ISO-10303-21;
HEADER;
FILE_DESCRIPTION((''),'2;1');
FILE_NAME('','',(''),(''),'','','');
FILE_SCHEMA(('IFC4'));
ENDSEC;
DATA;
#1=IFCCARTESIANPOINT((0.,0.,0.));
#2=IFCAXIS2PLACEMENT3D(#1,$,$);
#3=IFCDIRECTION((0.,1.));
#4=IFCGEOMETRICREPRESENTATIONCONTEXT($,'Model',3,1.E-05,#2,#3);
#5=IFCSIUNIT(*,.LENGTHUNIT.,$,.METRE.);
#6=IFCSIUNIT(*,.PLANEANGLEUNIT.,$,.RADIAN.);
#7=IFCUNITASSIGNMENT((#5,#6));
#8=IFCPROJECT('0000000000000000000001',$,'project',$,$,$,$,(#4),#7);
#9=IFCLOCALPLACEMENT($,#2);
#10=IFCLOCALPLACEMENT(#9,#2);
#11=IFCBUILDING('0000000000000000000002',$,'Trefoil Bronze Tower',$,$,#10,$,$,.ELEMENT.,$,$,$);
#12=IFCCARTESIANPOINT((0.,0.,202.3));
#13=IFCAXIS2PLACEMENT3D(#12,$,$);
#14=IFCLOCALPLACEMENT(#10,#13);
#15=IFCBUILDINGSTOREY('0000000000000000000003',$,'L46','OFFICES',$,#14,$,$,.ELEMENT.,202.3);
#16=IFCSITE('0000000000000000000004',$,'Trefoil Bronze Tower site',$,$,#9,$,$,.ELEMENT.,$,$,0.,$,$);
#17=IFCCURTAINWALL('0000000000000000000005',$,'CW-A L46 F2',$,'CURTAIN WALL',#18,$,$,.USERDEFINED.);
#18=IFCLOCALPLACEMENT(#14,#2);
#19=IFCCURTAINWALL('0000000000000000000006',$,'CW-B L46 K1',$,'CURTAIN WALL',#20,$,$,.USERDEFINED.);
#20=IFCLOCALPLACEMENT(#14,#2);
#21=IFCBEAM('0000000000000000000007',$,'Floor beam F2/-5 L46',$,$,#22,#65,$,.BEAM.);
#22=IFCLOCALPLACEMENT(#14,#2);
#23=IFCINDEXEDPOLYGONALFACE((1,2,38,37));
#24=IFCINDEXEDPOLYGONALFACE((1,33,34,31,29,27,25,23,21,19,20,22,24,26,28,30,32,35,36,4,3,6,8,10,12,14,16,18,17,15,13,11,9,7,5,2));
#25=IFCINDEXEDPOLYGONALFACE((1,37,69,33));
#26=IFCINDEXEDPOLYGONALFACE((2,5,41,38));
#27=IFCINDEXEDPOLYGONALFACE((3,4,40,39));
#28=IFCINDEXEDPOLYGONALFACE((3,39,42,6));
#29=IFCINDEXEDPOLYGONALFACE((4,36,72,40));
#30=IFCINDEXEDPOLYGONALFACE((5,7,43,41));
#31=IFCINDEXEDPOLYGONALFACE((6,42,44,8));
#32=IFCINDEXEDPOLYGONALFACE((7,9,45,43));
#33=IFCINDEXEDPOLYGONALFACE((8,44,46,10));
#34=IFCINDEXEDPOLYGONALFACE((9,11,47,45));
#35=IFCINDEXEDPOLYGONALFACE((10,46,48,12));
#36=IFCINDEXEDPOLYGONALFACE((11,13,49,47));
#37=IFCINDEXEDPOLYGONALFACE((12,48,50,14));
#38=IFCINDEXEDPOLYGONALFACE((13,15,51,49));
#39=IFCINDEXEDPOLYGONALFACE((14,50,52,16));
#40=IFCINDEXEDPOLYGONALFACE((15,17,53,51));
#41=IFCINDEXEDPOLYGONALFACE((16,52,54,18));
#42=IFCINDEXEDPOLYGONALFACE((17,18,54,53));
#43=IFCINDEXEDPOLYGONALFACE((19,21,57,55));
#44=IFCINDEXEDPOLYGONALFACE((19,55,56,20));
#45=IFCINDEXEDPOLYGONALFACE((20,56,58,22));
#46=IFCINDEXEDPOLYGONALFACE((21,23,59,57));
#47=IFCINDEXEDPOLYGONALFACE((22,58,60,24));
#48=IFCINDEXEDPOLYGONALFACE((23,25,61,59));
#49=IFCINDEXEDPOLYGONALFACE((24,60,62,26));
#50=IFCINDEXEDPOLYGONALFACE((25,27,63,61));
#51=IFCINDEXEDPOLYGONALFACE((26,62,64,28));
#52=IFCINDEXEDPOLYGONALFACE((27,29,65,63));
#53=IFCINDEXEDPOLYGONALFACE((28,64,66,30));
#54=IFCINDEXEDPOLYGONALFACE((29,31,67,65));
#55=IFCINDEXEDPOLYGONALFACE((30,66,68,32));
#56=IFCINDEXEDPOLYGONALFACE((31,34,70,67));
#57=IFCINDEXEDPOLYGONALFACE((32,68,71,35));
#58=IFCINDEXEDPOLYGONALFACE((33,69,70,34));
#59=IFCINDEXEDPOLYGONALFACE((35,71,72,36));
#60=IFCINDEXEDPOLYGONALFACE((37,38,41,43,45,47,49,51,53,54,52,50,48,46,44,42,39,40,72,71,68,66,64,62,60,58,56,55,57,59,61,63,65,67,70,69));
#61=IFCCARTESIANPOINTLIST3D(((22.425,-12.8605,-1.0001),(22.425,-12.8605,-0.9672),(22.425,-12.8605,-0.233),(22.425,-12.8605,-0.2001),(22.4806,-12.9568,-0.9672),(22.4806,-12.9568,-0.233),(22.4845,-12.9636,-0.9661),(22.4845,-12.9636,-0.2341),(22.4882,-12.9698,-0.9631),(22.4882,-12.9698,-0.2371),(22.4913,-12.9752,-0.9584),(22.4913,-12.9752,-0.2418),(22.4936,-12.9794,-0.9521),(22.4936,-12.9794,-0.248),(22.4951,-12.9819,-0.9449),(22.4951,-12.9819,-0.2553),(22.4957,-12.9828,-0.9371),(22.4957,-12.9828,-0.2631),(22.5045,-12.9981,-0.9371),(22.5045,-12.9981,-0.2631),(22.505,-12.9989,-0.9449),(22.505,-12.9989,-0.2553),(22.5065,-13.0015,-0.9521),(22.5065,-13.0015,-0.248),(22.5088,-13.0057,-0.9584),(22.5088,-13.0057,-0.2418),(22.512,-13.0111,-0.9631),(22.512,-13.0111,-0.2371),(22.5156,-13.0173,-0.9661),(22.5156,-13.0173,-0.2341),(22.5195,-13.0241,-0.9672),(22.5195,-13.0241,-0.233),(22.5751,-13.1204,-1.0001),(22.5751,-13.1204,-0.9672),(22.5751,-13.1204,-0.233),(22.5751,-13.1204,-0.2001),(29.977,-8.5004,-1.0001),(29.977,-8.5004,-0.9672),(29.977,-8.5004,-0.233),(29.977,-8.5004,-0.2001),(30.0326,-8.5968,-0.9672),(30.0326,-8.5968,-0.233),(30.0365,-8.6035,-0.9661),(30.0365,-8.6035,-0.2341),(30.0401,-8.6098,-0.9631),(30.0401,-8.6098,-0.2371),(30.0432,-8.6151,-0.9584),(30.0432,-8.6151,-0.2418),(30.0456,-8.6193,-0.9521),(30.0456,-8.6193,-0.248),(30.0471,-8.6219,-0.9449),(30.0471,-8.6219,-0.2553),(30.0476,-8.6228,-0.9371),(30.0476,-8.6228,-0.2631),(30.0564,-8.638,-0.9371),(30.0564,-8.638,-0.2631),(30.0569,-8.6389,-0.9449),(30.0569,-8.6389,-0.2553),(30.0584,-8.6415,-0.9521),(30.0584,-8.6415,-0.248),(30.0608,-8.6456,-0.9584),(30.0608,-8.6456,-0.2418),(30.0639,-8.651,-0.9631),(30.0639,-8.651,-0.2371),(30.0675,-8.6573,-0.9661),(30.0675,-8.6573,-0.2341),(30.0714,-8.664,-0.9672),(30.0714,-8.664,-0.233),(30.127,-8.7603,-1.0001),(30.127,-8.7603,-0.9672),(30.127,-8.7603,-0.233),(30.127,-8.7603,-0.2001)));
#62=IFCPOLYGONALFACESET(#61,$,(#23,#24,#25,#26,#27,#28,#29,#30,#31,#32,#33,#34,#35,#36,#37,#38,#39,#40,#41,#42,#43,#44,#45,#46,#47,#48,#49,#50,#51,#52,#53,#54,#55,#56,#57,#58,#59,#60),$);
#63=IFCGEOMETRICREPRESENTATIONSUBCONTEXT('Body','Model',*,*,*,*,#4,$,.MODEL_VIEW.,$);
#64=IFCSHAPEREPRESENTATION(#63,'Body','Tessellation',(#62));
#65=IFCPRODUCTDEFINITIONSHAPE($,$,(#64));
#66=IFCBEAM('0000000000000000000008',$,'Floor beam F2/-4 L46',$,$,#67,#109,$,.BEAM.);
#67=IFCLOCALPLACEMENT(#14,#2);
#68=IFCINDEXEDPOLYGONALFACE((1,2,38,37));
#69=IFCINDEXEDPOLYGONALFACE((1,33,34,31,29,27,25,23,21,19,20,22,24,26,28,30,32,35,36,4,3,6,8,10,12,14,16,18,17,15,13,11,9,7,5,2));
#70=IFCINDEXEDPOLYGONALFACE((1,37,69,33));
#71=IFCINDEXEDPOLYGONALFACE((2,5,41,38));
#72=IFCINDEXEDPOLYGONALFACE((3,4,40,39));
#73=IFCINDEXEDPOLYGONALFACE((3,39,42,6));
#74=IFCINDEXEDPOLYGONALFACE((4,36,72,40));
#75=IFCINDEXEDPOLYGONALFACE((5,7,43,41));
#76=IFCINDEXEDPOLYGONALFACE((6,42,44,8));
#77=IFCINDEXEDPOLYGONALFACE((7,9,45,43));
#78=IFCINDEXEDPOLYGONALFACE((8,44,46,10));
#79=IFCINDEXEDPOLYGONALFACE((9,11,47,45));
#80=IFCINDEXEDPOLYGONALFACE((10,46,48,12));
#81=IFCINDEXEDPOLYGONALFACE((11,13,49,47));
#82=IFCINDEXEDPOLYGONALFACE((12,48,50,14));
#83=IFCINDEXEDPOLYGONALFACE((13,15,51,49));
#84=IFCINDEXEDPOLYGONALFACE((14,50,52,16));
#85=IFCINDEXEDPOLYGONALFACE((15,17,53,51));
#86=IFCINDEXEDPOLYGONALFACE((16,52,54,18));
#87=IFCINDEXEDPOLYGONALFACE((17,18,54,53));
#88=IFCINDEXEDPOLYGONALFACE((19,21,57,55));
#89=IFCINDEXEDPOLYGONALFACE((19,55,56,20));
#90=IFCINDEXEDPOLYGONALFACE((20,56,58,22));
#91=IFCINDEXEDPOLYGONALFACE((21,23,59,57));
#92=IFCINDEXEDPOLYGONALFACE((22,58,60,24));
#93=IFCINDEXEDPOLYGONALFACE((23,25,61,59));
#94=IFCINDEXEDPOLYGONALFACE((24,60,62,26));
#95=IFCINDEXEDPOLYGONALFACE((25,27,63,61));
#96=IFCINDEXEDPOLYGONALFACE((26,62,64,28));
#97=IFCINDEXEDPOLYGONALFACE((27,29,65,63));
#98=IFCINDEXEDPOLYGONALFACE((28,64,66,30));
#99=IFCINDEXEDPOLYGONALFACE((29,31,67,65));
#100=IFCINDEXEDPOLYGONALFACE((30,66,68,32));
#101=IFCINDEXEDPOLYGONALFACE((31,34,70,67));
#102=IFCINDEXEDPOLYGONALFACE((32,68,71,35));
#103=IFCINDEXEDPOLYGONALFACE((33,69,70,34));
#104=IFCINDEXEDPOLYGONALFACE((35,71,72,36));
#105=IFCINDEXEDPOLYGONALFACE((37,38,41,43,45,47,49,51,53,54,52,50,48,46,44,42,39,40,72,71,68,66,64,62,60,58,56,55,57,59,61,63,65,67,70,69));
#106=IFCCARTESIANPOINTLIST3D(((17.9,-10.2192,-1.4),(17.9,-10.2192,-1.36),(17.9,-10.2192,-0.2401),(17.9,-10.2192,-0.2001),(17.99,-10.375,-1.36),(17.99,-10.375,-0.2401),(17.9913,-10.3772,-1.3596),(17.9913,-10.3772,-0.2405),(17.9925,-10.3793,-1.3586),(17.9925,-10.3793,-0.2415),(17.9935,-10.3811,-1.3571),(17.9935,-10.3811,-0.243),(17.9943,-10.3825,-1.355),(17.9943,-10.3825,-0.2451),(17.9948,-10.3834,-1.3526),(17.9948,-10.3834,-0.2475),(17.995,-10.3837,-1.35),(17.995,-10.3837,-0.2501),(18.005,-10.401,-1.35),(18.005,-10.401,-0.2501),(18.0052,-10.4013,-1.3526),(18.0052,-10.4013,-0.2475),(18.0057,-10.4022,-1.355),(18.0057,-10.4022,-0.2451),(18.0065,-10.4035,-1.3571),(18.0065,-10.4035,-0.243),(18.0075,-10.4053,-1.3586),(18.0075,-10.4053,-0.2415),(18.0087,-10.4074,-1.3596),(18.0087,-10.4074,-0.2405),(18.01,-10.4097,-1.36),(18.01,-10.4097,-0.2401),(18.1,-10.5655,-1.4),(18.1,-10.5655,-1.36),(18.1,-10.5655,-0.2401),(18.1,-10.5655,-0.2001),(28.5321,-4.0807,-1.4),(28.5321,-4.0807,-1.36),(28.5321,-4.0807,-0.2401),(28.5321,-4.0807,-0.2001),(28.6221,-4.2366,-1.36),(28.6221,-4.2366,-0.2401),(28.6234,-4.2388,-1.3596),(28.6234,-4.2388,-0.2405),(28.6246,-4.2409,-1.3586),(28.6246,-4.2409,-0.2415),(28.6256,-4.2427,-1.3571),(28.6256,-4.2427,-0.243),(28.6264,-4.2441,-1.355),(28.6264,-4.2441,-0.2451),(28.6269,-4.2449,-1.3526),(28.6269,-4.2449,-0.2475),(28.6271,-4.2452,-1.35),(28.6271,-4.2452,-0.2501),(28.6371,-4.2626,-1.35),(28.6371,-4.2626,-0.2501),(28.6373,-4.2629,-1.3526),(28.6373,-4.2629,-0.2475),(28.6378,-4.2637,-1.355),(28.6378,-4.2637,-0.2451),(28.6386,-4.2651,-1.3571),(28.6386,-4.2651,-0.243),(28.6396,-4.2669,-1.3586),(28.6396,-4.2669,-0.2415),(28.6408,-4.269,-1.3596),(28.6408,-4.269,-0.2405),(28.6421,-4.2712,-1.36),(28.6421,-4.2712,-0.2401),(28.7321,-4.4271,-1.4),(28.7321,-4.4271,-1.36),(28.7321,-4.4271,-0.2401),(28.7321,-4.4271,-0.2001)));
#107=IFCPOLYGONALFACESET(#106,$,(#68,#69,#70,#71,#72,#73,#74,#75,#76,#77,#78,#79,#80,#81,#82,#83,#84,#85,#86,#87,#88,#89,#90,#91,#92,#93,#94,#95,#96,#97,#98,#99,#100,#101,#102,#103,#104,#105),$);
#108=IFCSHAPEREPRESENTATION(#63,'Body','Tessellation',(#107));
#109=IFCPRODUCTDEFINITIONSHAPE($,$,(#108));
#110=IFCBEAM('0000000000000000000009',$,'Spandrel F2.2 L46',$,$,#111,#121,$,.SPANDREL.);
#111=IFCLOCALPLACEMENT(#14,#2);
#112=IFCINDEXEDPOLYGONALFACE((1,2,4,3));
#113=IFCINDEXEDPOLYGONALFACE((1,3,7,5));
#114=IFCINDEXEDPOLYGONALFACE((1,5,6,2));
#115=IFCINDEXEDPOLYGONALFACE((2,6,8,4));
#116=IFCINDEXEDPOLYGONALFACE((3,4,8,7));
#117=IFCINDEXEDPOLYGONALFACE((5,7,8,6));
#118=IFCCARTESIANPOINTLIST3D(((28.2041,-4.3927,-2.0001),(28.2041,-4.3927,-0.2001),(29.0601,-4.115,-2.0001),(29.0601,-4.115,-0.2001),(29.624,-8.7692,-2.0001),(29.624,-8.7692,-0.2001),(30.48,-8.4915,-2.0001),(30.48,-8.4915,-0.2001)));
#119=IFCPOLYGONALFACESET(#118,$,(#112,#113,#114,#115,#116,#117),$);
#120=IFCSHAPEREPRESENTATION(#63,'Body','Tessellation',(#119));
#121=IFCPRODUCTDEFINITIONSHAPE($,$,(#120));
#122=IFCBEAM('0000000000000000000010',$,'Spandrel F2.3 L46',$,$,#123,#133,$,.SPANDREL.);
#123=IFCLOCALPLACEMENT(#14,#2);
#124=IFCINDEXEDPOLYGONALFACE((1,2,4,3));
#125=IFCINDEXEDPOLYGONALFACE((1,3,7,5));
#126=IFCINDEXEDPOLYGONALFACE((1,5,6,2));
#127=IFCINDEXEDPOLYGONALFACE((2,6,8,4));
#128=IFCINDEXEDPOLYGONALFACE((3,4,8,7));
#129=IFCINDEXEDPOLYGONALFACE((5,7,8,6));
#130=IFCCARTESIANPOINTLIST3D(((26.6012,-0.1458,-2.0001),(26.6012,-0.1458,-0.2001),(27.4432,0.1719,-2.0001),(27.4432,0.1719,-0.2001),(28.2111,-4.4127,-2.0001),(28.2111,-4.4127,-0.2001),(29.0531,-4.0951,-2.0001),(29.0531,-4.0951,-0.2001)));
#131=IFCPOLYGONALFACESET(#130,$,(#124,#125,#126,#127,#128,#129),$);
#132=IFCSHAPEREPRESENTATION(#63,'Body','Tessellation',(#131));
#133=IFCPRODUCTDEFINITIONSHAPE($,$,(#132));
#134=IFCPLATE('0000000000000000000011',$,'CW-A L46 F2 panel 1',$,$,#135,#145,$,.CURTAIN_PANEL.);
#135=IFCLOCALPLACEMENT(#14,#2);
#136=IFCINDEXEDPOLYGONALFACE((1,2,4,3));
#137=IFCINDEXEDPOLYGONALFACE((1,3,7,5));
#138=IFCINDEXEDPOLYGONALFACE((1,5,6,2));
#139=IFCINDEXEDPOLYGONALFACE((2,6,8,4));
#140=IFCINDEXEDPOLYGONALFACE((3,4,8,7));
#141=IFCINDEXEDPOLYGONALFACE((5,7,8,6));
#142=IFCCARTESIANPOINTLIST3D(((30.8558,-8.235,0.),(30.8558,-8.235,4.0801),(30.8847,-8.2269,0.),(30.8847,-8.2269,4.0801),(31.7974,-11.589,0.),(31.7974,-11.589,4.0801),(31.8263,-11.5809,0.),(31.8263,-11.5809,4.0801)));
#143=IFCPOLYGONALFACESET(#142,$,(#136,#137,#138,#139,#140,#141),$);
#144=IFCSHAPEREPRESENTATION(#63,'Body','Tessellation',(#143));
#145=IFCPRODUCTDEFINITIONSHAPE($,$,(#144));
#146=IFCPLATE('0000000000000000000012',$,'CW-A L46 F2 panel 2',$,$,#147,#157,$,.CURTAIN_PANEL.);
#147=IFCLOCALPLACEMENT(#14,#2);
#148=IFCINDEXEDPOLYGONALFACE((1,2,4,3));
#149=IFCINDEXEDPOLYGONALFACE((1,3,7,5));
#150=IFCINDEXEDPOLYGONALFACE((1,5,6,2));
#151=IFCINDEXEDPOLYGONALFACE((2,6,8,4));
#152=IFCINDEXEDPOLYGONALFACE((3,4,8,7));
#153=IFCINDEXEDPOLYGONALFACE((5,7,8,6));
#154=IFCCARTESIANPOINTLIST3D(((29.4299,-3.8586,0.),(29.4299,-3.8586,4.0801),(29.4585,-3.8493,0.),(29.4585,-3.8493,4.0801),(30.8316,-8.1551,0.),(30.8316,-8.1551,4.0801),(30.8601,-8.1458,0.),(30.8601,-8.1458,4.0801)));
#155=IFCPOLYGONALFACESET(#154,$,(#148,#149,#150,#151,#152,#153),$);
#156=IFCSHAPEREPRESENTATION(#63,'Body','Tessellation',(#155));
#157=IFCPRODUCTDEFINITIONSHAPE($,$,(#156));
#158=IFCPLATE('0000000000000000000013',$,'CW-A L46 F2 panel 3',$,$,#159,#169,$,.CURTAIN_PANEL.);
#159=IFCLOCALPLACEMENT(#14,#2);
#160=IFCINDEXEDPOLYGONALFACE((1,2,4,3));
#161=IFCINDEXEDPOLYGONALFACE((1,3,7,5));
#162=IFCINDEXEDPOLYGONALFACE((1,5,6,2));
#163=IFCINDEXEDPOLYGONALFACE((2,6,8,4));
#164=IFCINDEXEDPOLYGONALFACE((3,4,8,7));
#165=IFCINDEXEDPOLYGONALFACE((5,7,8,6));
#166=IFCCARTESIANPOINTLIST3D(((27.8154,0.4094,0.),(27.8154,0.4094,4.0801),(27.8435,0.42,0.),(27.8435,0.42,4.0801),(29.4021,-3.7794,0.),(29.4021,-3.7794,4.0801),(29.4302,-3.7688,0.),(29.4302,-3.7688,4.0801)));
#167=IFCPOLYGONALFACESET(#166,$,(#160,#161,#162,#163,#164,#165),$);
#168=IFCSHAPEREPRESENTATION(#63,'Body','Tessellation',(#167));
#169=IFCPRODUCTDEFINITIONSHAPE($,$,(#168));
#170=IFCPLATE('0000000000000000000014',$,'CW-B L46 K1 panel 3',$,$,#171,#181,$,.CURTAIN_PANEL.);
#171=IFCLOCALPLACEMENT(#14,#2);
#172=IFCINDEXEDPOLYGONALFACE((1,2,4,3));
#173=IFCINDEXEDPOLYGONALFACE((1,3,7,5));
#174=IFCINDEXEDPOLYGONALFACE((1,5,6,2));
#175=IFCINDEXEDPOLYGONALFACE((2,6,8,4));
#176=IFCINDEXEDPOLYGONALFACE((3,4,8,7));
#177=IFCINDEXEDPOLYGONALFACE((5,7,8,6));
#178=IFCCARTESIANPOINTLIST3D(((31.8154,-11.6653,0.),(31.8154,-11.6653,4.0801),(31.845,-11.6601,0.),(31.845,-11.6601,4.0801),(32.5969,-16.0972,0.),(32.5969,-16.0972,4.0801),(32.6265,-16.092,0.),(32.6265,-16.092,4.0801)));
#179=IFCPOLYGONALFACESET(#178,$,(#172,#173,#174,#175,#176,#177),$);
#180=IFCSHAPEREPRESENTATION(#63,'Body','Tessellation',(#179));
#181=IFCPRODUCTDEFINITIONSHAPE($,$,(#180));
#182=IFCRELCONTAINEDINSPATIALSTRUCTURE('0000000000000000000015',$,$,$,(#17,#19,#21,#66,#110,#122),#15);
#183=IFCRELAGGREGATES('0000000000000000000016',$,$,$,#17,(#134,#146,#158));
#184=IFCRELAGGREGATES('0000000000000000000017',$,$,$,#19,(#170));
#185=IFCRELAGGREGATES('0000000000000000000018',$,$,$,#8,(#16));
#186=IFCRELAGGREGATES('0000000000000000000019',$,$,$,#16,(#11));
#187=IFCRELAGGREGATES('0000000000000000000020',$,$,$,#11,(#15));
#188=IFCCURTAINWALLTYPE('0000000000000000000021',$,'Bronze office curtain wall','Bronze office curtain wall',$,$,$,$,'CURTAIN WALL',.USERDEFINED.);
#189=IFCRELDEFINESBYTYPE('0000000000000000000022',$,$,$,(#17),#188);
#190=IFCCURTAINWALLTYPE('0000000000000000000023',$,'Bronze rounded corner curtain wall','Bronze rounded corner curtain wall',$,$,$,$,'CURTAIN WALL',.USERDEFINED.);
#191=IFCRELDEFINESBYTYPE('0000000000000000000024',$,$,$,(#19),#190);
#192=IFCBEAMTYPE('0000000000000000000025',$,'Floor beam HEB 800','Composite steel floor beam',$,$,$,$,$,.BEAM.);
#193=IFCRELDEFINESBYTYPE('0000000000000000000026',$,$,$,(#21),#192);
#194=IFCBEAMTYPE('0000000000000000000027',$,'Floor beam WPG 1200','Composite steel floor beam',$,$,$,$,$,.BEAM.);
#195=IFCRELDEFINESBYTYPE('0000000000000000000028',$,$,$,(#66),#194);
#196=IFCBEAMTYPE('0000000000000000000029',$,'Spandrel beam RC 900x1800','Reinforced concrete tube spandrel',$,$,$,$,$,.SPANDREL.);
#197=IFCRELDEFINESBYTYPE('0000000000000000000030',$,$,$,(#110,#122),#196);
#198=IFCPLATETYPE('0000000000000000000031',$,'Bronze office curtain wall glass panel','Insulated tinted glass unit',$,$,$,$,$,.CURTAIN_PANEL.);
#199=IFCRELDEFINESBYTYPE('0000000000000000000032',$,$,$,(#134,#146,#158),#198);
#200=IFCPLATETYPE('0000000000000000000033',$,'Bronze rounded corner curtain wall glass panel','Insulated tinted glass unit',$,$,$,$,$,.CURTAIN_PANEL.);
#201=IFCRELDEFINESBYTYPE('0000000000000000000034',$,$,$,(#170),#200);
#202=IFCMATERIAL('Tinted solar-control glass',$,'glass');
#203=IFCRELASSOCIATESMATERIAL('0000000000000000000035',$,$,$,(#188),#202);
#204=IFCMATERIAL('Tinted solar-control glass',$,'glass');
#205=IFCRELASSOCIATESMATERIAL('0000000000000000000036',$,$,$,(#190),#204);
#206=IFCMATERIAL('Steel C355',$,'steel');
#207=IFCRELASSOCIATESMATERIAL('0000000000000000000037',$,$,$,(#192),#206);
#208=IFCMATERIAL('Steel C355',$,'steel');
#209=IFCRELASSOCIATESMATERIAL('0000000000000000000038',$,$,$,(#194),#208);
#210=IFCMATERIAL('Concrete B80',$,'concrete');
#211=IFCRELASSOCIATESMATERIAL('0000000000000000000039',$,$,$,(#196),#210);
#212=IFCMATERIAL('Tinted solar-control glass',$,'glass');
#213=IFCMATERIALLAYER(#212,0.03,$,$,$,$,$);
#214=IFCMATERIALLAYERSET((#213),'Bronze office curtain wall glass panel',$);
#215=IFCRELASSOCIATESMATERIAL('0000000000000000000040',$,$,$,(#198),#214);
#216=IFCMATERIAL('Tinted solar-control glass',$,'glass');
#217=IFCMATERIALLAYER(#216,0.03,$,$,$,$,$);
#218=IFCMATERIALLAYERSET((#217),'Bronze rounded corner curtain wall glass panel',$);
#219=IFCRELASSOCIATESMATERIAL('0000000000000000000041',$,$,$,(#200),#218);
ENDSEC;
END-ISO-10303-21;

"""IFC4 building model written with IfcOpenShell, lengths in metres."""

from ifc_helpers import new_model, si_unit, direction, frame, origin, origin_2d, place, context, subcontext, project, spatial, rectangle, i_section, extrude, material, layer, layer_set, material_profile, profile_set, type_object, element, aggregate, save


model = new_model("IFC4")

# Units and contexts
model_context = context("Model", 3, precision=1e-05, world=origin(), true_north=direction((0.0, 1.0)))
body_context = subcontext(model_context, "Body", "Model", "MODEL_VIEW")
ifc_project = project(units=[si_unit("LENGTHUNIT", "METRE"), si_unit("PLANEANGLEUNIT", "RADIAN")], contexts=[model_context])

# Site, building, storey
site_placement = place(None, origin())
site = spatial("IfcSite", under=ifc_project, at=site_placement, Name="Trefoil Bronze Tower site", CompositionType="ELEMENT", RefElevation=0.0)
building_placement = place(site_placement, origin())
building = spatial("IfcBuilding", under=site, at=building_placement, Name="Trefoil Bronze Tower", CompositionType="ELEMENT")
storey_placement = place(building_placement, frame((0.0, 0.0, 202.3)))
storey = spatial("IfcBuildingStorey", under=building, at=storey_placement, Name="L46", Description="OFFICES", CompositionType="ELEMENT", Elevation=202.3)

# Curtain walls
ifc_material_1 = material(Name="Tinted solar-control glass", Category="glass")
curtain_wall_type_1 = type_object("IfcCurtainWallType", Name="Bronze office curtain wall", Description="Bronze office curtain wall", ElementType="CURTAIN WALL", PredefinedType="USERDEFINED", material=ifc_material_1)
curtain_wall_1_placement = place(storey_placement, origin())
curtain_wall_1 = element("IfcCurtainWall", 1, at=curtain_wall_1_placement, inside=storey, type_object=curtain_wall_type_1, Name="CW-A L46 F2", ObjectType="CURTAIN WALL", PredefinedType="USERDEFINED")
ifc_material_2 = material(Name="Tinted solar-control glass", Category="glass")
curtain_wall_type_2 = type_object("IfcCurtainWallType", Name="Bronze rounded corner curtain wall", Description="Bronze rounded corner curtain wall", ElementType="CURTAIN WALL", PredefinedType="USERDEFINED", material=ifc_material_2)
curtain_wall_2_placement = place(storey_placement, origin())
curtain_wall_2 = element("IfcCurtainWall", 2, at=curtain_wall_2_placement, inside=storey, type_object=curtain_wall_type_2, Name="CW-B L46 K1", ObjectType="CURTAIN WALL", PredefinedType="USERDEFINED")

# Beams
ifc_material_3 = material(Name="Steel C355", Category="steel")
ifc_material_profile_1 = material_profile(ifc_material_3, i_section(OverallWidth=0.3, OverallDepth=0.8, WebThickness=0.0176, FlangeThickness=0.033, FilletRadius=0.03, at=origin_2d()), Name="HEB 800")
ifc_profile_set_1 = profile_set([ifc_material_profile_1], Name="Steel C355")
beam_type_1 = type_object("IfcBeamType", Name="Floor beam HEB 800", Description="Composite steel floor beam", PredefinedType="BEAM", material=ifc_profile_set_1)
beam_1_placement = place(storey_placement, frame((30.052, -8.6304, -0.6001), z_axis=(-0.866028, -0.499996, 0.0), x_axis=(0.499996, -0.866028, 0.0)))
element("IfcBeam", 3, at=beam_1_placement, inside=storey, type_object=beam_type_1, Name="Floor beam F2/-5 L46", PredefinedType="BEAM", context=body_context, shape_type="SweptSolid", body=[
    extrude(i_section(OverallWidth=0.3, OverallDepth=0.8, WebThickness=0.0176, FlangeThickness=0.033, FilletRadius=0.03, at=origin_2d()), origin(), (0.0, 0.0, 1.0), 8.7202),
])
ifc_material_4 = material(Name="Steel C355", Category="steel")
ifc_material_profile_2 = material_profile(ifc_material_4, i_section(OverallWidth=0.3999, OverallDepth=1.2, WebThickness=0.02, FlangeThickness=0.04, FilletRadius=0.01, at=origin_2d()), Name="WPG 1200")
ifc_profile_set_2 = profile_set([ifc_material_profile_2], Name="Steel C355")
beam_type_2 = type_object("IfcBeamType", Name="Floor beam WPG 1200", Description="Composite steel floor beam", PredefinedType="BEAM", material=ifc_profile_set_2)
beam_2_placement = place(storey_placement, frame((28.6321, -4.2539, -0.8), z_axis=(-0.866026, -0.5, 0.0), x_axis=(0.5, -0.866026, 0.0)))
element("IfcBeam", 4, at=beam_2_placement, inside=storey, type_object=beam_type_2, Name="Floor beam F2/-4 L46", PredefinedType="BEAM", context=body_context, shape_type="SweptSolid", body=[
    extrude(i_section(OverallWidth=0.3999, OverallDepth=1.2, WebThickness=0.02, FlangeThickness=0.04, FilletRadius=0.01, at=origin_2d()), origin(), (0.0, 0.0, 1.0), 12.2769),
])
ifc_material_5 = material(Name="Concrete B80", Category="concrete")
ifc_material_profile_3 = material_profile(ifc_material_5, rectangle(XDim=0.8999, YDim=1.8, at=origin_2d()), Name="RC 900x1800")
ifc_profile_set_3 = profile_set([ifc_material_profile_3], Name="Concrete B80")
beam_type_3 = type_object("IfcBeamType", Name="Spandrel beam RC 900x1800", Description="Reinforced concrete tube spandrel", PredefinedType="SPANDREL", material=ifc_profile_set_3)
beam_3_placement = place(storey_placement, frame((30.052, -8.6304, -1.1001), z_axis=(-0.308609, 0.951189, 0.0), x_axis=(-0.951189, -0.308609, 0.0)))
element("IfcBeam", 5, at=beam_3_placement, inside=storey, type_object=beam_type_3, Name="Spandrel F2.2 L46", PredefinedType="SPANDREL", context=body_context, shape_type="SweptSolid", body=[
    extrude(rectangle(XDim=0.8999, YDim=1.8, at=origin_2d()), origin(), (0.0, 0.0, 1.0), 4.6011),
])
beam_4_placement = place(storey_placement, frame((28.6321, -4.2539, -1.1001), z_axis=(-0.353006, 0.935621, 0.0), x_axis=(-0.935621, -0.353006, 0.0)))
element("IfcBeam", 6, at=beam_4_placement, inside=storey, type_object=beam_type_3, Name="Spandrel F2.3 L46", PredefinedType="SPANDREL", context=body_context, shape_type="SweptSolid", body=[
    extrude(rectangle(XDim=0.8999, YDim=1.8, at=origin_2d()), origin(), (0.0, 0.0, 1.0), 4.5605),
])

# Plates
ifc_material_6 = material(Name="Tinted solar-control glass", Category="glass")
ifc_layer_1 = layer(ifc_material_6, 0.03)
ifc_layer_set_1 = layer_set([ifc_layer_1], Name="Bronze office curtain wall glass panel")
plate_type_1 = type_object("IfcPlateType", Name="Bronze office curtain wall glass panel", Description="Insulated tinted glass unit", PredefinedType="CURTAIN_PANEL", material=ifc_layer_set_1)
plate_1_placement = place(storey_placement, frame((31.3411, -9.908, 0.0), z_axis=(0.0, 0.0, 1.0), x_axis=(-0.270282, 0.962781, 0.0)))
plate_1 = element("IfcPlate", 7, at=plate_1_placement, type_object=plate_type_1, Name="CW-A L46 F2 panel 1", PredefinedType="CURTAIN_PANEL", context=body_context, shape_type="SweptSolid", body=[
    extrude(rectangle(XDim=3.4836, YDim=0.03, at=origin_2d()), origin(), (0.0, 0.0, 1.0), 4.0801),
])
plate_2_placement = place(storey_placement, frame((30.145, -6.0022, 0.0), z_axis=(0.0, 0.0, 1.0), x_axis=(-0.310149, 0.950688, 0.0)))
plate_2 = element("IfcPlate", 8, at=plate_2_placement, type_object=plate_type_1, Name="CW-A L46 F2 panel 2", PredefinedType="CURTAIN_PANEL", context=body_context, shape_type="SweptSolid", body=[
    extrude(rectangle(XDim=4.5193, YDim=0.03, at=origin_2d()), origin(), (0.0, 0.0, 1.0), 4.0801),
])
plate_3_placement = place(storey_placement, frame((28.6228, -1.6797, 0.0), z_axis=(0.0, 0.0, 1.0), x_axis=(-0.354234, 0.935157, 0.0)))
plate_3 = element("IfcPlate", 9, at=plate_3_placement, type_object=plate_type_1, Name="CW-A L46 F2 panel 3", PredefinedType="CURTAIN_PANEL", context=body_context, shape_type="SweptSolid", body=[
    extrude(rectangle(XDim=4.4792, YDim=0.03, at=origin_2d()), origin(), (0.0, 0.0, 1.0), 4.0801),
])
aggregate(curtain_wall_1, [plate_1, plate_2, plate_3])
ifc_material_7 = material(Name="Tinted solar-control glass", Category="glass")
ifc_layer_2 = layer(ifc_material_7, 0.03)
ifc_layer_set_2 = layer_set([ifc_layer_2], Name="Bronze rounded corner curtain wall glass panel")
plate_type_2 = type_object("IfcPlateType", Name="Bronze rounded corner curtain wall glass panel", Description="Insulated tinted glass unit", PredefinedType="CURTAIN_PANEL", material=ifc_layer_set_2)
plate_4_placement = place(storey_placement, frame((32.2209, -13.8787, 0.0), z_axis=(0.0, 0.0, 1.0), x_axis=(-0.173648, 0.984808, 0.0)))
plate_4 = element("IfcPlate", 10, at=plate_4_placement, type_object=plate_type_2, Name="CW-B L46 K1 panel 3", PredefinedType="CURTAIN_PANEL", context=body_context, shape_type="SweptSolid", body=[
    extrude(rectangle(XDim=4.5002, YDim=0.03, at=origin_2d()), origin(), (0.0, 0.0, 1.0), 4.0801),
])
aggregate(curtain_wall_2, [plate_4])

save(model, "model.ifc")
